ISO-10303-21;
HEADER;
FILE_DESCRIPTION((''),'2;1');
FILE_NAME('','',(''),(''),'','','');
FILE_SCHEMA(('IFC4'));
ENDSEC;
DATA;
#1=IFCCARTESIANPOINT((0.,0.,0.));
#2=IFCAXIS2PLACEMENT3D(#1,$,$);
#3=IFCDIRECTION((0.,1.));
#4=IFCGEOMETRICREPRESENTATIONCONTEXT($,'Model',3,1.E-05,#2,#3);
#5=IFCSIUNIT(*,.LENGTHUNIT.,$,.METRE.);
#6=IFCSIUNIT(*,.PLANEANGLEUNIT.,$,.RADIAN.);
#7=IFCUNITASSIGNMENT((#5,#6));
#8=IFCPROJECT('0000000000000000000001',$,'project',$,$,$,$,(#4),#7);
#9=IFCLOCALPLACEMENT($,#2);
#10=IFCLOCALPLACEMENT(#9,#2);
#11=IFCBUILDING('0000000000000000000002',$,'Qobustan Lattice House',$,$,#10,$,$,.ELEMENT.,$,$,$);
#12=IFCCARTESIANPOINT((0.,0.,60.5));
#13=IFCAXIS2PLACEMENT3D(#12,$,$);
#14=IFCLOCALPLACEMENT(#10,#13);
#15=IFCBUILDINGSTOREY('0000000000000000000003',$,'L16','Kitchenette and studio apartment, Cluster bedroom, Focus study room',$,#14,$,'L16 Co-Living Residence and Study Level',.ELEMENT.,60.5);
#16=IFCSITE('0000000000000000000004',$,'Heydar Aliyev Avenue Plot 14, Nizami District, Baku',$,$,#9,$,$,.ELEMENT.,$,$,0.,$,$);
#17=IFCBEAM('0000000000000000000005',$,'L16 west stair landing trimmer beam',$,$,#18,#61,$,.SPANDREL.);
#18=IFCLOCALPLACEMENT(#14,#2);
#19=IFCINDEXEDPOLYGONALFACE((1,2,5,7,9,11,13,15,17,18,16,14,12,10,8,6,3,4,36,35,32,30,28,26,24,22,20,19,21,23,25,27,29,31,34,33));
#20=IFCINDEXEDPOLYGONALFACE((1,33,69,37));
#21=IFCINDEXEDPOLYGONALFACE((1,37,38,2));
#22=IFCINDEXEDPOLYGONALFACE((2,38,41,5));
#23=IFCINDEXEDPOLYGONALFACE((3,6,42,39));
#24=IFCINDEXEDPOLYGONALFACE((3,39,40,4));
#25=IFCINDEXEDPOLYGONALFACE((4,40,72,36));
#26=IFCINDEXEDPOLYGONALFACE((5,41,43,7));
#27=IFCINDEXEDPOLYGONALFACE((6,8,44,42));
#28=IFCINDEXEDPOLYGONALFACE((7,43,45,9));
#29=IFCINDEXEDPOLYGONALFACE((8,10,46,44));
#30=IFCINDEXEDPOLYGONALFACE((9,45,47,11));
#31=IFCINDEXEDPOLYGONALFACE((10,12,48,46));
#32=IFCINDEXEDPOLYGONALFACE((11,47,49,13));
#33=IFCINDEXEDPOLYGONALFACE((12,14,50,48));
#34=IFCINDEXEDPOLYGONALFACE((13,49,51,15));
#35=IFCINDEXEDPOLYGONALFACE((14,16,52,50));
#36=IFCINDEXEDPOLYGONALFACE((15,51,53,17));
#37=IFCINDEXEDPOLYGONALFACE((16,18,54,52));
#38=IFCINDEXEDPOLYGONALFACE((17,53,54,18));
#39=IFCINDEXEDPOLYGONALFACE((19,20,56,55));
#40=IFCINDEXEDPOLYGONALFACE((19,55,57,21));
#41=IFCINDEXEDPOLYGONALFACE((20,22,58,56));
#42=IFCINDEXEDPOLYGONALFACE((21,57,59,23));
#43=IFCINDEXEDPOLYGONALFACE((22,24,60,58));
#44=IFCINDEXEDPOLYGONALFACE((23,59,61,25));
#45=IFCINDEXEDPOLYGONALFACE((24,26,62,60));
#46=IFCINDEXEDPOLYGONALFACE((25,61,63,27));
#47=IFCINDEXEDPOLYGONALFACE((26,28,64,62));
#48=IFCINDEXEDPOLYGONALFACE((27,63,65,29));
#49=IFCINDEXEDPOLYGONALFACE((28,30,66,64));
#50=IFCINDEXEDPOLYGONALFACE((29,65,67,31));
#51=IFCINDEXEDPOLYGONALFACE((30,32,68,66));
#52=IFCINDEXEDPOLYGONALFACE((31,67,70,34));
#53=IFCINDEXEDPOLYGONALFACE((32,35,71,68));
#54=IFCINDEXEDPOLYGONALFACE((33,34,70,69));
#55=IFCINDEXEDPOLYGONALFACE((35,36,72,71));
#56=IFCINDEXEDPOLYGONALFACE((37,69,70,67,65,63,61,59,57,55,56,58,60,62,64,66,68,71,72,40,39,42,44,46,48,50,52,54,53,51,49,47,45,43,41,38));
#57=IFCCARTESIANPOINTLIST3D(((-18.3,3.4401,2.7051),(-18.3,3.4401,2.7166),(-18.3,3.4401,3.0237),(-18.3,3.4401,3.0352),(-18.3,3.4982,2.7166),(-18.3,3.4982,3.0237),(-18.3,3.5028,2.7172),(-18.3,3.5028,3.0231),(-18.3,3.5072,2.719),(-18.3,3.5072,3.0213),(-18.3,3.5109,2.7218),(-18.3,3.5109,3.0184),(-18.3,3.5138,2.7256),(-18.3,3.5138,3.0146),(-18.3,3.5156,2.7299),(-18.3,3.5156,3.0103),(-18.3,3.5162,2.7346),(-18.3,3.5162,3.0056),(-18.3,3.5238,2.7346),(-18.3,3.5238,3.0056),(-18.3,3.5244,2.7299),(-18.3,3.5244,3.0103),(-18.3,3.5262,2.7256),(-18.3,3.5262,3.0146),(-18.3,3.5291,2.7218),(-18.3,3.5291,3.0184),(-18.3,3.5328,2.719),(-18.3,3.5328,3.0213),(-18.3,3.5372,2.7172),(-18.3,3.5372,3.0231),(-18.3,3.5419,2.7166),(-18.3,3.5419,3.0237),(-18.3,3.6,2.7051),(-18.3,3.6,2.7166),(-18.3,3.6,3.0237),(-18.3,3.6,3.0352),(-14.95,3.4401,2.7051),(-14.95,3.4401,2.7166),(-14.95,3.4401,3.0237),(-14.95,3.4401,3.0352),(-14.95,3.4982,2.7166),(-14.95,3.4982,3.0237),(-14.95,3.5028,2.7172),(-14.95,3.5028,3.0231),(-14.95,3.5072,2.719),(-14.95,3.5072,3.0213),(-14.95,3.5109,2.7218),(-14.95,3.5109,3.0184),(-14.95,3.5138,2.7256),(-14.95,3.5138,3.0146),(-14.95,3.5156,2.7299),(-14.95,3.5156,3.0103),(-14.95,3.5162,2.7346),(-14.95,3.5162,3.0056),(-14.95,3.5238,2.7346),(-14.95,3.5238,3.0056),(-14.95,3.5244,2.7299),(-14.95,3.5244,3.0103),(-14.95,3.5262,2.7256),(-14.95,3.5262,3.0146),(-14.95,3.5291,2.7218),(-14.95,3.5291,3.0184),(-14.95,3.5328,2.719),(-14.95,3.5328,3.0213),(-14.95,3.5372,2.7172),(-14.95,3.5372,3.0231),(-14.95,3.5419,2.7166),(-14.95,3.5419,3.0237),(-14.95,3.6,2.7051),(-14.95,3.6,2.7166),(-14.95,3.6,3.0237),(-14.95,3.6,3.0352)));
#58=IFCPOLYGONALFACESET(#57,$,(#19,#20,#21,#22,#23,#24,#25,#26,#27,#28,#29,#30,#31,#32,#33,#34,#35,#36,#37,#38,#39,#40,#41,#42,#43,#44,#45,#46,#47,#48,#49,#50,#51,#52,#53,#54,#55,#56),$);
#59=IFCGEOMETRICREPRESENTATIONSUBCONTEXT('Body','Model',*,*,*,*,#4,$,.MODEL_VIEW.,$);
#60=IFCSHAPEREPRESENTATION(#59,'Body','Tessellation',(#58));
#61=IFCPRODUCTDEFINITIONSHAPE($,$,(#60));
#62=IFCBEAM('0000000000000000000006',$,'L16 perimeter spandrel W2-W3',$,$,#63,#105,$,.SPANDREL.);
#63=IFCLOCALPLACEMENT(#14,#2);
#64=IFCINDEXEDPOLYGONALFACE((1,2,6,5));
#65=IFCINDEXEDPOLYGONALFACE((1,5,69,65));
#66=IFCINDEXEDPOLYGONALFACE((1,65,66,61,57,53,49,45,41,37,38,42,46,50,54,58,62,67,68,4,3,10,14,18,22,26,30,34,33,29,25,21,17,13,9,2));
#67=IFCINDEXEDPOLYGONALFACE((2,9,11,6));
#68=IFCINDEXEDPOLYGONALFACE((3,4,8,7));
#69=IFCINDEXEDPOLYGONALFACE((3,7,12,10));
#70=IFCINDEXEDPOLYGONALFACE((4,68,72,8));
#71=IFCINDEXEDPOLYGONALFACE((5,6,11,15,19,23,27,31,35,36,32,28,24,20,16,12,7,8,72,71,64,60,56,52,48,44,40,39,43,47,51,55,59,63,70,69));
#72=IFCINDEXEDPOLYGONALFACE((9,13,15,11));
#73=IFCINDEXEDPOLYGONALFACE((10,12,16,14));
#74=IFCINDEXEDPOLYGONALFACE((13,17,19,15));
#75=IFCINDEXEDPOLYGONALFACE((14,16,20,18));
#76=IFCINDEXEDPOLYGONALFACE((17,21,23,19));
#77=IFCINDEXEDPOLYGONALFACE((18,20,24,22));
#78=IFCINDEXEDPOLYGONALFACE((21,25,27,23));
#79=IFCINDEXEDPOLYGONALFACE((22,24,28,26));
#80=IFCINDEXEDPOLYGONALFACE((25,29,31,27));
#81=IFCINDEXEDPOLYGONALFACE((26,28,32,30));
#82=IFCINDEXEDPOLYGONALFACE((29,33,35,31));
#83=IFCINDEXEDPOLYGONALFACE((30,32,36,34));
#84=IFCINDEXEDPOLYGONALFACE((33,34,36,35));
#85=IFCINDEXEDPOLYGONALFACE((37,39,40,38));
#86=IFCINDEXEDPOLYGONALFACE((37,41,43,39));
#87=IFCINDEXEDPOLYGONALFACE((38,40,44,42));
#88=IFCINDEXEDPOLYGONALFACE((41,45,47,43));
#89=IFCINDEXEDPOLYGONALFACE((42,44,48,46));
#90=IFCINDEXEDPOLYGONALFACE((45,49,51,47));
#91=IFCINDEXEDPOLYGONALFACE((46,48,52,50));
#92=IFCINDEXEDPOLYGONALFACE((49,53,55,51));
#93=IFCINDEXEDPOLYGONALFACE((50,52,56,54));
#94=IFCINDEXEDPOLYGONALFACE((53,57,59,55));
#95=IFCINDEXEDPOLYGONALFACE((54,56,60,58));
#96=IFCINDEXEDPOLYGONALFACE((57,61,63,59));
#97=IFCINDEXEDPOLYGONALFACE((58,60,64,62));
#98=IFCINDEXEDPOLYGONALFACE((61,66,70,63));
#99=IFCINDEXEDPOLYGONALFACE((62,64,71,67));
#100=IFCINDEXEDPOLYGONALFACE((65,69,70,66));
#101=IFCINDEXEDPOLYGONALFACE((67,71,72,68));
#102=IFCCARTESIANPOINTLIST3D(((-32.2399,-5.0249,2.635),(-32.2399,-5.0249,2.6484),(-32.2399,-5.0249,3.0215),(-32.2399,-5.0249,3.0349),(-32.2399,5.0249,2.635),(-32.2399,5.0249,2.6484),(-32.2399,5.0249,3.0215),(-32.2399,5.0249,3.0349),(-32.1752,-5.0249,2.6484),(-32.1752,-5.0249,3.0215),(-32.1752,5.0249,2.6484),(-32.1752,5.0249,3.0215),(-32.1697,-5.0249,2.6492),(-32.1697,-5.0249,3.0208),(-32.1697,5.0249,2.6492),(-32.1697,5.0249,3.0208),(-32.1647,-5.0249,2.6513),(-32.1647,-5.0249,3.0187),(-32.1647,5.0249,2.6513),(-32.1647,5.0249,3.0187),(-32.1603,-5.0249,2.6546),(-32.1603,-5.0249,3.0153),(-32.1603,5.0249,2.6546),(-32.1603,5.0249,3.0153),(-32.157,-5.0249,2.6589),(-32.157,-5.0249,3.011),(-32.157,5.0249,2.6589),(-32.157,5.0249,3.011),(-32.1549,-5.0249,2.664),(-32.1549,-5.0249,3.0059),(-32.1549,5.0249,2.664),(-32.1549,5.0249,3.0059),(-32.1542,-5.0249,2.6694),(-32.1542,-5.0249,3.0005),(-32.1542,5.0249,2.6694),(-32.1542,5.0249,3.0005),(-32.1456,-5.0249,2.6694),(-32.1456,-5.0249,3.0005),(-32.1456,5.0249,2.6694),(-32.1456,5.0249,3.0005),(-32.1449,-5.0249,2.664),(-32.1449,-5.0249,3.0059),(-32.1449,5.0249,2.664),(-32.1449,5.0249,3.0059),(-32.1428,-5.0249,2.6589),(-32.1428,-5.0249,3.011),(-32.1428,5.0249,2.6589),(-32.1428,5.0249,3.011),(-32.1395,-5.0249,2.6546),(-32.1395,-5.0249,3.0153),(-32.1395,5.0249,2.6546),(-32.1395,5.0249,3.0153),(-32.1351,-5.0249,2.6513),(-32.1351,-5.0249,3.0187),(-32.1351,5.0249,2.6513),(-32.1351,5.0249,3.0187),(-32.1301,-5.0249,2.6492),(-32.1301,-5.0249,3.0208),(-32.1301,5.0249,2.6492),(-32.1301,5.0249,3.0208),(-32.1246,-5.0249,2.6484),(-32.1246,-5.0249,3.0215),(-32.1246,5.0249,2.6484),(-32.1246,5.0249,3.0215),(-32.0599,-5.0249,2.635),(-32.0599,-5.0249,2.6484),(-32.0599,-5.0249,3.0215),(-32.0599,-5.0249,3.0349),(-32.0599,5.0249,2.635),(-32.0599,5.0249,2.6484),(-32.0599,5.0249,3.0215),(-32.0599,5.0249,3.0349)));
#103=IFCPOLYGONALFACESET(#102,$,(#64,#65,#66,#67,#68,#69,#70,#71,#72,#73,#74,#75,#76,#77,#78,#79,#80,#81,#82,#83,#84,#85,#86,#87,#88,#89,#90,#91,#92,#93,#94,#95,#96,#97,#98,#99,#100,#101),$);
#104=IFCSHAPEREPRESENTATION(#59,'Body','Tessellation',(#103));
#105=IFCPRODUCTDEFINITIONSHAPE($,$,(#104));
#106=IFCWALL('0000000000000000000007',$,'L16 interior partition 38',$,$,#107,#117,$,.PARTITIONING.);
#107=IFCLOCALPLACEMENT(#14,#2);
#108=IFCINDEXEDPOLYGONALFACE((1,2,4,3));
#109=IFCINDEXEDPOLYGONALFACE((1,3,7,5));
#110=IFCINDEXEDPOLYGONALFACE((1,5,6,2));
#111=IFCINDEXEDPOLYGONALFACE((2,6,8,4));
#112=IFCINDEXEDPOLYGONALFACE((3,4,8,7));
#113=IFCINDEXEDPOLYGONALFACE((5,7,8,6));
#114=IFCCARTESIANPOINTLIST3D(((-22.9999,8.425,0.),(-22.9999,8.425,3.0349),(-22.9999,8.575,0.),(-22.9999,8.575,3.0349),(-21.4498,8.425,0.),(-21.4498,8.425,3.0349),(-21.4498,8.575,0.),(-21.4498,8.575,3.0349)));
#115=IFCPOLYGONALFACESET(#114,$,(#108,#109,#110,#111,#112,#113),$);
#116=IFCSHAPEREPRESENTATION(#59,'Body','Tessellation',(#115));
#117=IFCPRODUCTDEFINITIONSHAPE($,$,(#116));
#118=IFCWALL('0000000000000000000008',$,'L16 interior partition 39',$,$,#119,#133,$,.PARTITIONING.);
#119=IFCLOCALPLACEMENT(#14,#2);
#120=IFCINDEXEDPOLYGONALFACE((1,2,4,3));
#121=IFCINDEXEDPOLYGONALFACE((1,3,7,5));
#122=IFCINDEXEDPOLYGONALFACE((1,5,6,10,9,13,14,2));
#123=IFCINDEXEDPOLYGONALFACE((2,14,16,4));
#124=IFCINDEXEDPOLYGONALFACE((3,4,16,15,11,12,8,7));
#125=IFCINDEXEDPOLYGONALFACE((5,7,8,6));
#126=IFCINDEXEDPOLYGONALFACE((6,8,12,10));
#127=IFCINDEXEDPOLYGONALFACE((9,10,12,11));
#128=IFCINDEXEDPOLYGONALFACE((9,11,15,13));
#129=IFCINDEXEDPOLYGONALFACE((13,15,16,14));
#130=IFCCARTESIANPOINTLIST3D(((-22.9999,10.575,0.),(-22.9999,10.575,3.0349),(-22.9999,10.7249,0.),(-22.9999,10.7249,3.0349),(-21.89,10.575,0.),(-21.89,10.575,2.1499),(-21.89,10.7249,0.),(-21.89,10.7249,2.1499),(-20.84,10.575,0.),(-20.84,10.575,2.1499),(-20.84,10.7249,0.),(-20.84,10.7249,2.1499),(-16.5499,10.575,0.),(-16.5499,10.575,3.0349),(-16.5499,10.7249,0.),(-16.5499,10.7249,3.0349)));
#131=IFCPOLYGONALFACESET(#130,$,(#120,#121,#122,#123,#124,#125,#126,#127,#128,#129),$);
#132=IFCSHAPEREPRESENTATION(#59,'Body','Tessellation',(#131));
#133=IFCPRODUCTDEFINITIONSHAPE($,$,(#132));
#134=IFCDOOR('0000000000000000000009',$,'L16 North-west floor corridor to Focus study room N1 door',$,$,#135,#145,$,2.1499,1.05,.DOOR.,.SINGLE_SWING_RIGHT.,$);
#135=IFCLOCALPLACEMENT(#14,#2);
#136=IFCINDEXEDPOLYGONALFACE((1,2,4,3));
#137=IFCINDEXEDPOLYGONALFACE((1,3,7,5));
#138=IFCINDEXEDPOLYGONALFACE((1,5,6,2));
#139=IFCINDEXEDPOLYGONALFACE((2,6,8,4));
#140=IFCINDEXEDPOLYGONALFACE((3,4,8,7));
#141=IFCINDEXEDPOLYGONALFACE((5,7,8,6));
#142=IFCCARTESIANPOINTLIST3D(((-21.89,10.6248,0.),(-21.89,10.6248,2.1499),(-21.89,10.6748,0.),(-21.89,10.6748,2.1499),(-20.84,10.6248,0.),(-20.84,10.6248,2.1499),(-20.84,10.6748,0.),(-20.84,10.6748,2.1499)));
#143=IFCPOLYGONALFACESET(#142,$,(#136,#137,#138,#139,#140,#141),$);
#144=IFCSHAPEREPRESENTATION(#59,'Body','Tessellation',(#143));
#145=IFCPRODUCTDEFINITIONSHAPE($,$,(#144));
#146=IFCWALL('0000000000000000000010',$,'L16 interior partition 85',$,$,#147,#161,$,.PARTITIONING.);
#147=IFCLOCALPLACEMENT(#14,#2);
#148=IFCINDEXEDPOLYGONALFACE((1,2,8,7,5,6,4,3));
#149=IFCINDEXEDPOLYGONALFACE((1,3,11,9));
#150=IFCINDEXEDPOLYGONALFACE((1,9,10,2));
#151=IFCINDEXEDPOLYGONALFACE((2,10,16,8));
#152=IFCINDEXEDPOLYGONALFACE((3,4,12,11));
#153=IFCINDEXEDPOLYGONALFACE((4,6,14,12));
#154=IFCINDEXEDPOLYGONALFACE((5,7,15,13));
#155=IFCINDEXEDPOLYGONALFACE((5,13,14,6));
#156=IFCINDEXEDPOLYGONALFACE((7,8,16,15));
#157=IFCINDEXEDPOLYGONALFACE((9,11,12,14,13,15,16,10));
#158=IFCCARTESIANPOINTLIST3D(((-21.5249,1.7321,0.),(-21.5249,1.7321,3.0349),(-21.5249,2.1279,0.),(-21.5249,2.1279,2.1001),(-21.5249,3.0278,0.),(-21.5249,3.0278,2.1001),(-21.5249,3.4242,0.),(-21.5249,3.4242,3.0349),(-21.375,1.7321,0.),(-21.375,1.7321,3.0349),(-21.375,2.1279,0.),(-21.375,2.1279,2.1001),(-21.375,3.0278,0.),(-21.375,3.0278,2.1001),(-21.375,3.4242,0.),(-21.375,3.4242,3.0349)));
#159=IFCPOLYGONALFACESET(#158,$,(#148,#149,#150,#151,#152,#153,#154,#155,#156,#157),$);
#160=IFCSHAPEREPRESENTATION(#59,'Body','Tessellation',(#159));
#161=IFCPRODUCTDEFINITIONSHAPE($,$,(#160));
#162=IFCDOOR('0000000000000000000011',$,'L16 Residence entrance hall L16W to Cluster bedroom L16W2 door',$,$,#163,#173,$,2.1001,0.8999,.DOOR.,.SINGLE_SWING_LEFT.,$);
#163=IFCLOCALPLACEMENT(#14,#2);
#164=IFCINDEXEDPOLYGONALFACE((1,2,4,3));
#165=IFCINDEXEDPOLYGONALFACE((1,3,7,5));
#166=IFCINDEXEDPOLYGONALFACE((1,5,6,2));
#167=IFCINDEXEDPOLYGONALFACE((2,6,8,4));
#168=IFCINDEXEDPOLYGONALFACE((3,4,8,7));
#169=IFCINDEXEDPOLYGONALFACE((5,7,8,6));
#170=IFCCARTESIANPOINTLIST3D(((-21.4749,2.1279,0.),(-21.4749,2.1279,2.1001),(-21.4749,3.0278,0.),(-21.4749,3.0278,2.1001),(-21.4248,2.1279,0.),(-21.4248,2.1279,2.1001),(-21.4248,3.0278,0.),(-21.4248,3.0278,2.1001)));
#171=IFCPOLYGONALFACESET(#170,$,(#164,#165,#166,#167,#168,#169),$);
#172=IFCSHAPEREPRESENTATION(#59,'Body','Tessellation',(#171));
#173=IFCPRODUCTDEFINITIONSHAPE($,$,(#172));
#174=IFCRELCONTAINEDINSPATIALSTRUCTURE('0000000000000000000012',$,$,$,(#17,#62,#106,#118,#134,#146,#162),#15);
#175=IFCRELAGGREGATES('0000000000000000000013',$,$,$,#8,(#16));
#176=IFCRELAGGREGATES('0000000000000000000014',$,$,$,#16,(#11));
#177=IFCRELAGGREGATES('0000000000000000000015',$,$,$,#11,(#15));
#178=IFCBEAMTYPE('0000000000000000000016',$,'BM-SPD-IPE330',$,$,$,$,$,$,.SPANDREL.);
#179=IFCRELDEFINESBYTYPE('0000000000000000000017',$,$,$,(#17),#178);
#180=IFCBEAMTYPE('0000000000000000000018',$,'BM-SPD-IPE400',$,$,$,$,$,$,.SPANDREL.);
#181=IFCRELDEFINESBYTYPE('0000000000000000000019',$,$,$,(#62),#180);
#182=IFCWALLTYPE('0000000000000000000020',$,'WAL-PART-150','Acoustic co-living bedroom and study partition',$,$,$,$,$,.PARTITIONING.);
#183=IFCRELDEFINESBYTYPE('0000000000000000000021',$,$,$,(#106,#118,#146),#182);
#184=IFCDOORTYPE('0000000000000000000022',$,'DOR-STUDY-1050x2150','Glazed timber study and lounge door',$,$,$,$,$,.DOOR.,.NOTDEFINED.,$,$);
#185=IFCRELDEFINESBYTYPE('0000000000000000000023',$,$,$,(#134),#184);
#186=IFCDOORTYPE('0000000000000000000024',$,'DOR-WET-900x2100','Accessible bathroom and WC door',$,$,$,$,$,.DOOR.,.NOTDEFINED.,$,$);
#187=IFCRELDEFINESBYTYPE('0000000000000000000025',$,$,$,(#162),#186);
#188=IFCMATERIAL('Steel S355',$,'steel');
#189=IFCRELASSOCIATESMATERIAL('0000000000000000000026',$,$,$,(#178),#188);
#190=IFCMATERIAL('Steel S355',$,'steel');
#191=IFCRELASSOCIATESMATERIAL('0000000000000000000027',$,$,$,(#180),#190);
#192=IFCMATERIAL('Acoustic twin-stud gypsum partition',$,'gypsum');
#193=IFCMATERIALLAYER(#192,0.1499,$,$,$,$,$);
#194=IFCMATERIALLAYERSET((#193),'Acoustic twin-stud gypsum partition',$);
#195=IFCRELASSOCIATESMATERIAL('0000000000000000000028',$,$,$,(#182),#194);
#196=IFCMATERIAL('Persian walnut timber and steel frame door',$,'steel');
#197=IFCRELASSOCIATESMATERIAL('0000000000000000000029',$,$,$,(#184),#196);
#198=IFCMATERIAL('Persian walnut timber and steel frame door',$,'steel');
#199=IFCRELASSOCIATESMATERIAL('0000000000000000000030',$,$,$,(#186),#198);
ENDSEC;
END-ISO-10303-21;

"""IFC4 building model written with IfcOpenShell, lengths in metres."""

from ifc_helpers import new_model, si_unit, direction, frame, frame_2d, origin, origin_2d, place, context, subcontext, project, spatial, rectangle, i_section, extrude, material, layer, layer_set, material_profile, profile_set, type_object, element, fill, save


model = new_model("IFC4")

# Units and contexts
model_context = context("Model", 3, precision=1e-05, world=origin(), true_north=direction((0.0, 1.0)))
body_context = subcontext(model_context, "Body", "Model", "MODEL_VIEW")
ifc_project = project(units=[si_unit("LENGTHUNIT", "METRE"), si_unit("PLANEANGLEUNIT", "RADIAN")], contexts=[model_context])

# Site, building, storey
site_placement = place(None, origin())
site = spatial("IfcSite", under=ifc_project, at=site_placement, Name="Heydar Aliyev Avenue Plot 14, Nizami District, Baku", CompositionType="ELEMENT", RefElevation=0.0)
building_placement = place(site_placement, origin())
building = spatial("IfcBuilding", under=site, at=building_placement, Name="Qobustan Lattice House", CompositionType="ELEMENT")
storey_placement = place(building_placement, frame((0.0, 0.0, 60.5)))
storey = spatial("IfcBuildingStorey", under=building, at=storey_placement, Name="L16", Description="Kitchenette and studio apartment, Cluster bedroom, Focus study room", LongName="L16 Co-Living Residence and Study Level", CompositionType="ELEMENT", Elevation=60.5)

# Beams
ifc_material_1 = material(Name="Steel S355", Category="steel")
ifc_material_profile_1 = material_profile(ifc_material_1, i_section(OverallWidth=0.1599, OverallDepth=0.3301, WebThickness=0.0076, FlangeThickness=0.0115, FilletRadius=0.0181, at=origin_2d()), Name="IPE330")
ifc_profile_set_1 = profile_set([ifc_material_profile_1], Name="Steel S355")
beam_type_1 = type_object("IfcBeamType", Name="BM-SPD-IPE330", PredefinedType="SPANDREL", material=ifc_profile_set_1)
beam_1_placement = place(storey_placement, frame((-18.3, 3.52, 2.8701), z_axis=(1.0, 0.0, 0.0), x_axis=(0.0, 1.0, 0.0)))
element("IfcBeam", 1, at=beam_1_placement, inside=storey, type_object=beam_type_1, Name="L16 west stair landing trimmer beam", PredefinedType="SPANDREL", context=body_context, shape_type="SweptSolid", body=[
    extrude(i_section(OverallWidth=0.1599, OverallDepth=0.3301, WebThickness=0.0076, FlangeThickness=0.0115, FilletRadius=0.0181, at=origin_2d()), origin(), (0.0, 0.0, 1.0), 3.3501),
])
ifc_material_2 = material(Name="Steel S355", Category="steel")
ifc_material_profile_2 = material_profile(ifc_material_2, i_section(OverallWidth=0.1799, OverallDepth=0.3999, WebThickness=0.0085, FlangeThickness=0.0134, FilletRadius=0.021, at=origin_2d()), Name="IPE400")
ifc_profile_set_2 = profile_set([ifc_material_profile_2], Name="Steel S355")
beam_type_2 = type_object("IfcBeamType", Name="BM-SPD-IPE400", PredefinedType="SPANDREL", material=ifc_profile_set_2)
beam_2_placement = place(storey_placement, frame((-32.1499, 5.0249, 2.835), z_axis=(0.0, -1.0, 0.0), x_axis=(1.0, 0.0, 0.0)))
element("IfcBeam", 2, at=beam_2_placement, inside=storey, type_object=beam_type_2, Name="L16 perimeter spandrel W2-W3", PredefinedType="SPANDREL", context=body_context, shape_type="SweptSolid", body=[
    extrude(i_section(OverallWidth=0.1799, OverallDepth=0.3999, WebThickness=0.0085, FlangeThickness=0.0134, FilletRadius=0.021, at=origin_2d()), origin(), (0.0, 0.0, 1.0), 10.0498),
])

# Wall
ifc_material_3 = material(Name="Acoustic twin-stud gypsum partition", Category="gypsum")
ifc_layer_1 = layer(ifc_material_3, 0.1499)
ifc_layer_set_1 = layer_set([ifc_layer_1], Name="Acoustic twin-stud gypsum partition")
wall_type_1 = type_object("IfcWallType", Name="WAL-PART-150", Description="Acoustic co-living bedroom and study partition", PredefinedType="PARTITIONING", material=ifc_layer_set_1)
wall_1_placement = place(storey_placement, frame((-21.45, 8.5, 0.0), z_axis=(0.0, 0.0, 1.0), x_axis=(-1.0, 0.0, 0.0)))
element("IfcWall", 3, at=wall_1_placement, inside=storey, type_object=wall_type_1, Name="L16 interior partition 38", PredefinedType="PARTITIONING", context=body_context, shape_type="SweptSolid", body=[
    extrude(rectangle(XDim=1.55, YDim=0.1499, at=frame_2d((0.7749, 0.0))), origin(), (0.0, 0.0, 1.0), 3.0349),
])

# Walls, openings, doors
wall_2_placement = place(storey_placement, frame((-23.0, 10.6499, 0.0), z_axis=(0.0, 0.0, 1.0), x_axis=(1.0, 0.0, 0.0)))
wall_2 = element("IfcWall", 4, at=wall_2_placement, inside=storey, type_object=wall_type_1, Name="L16 interior partition 39", PredefinedType="PARTITIONING", context=body_context, shape_type="SweptSolid", body=[
    extrude(rectangle(XDim=6.45, YDim=0.1499, at=frame_2d((3.2251, 0.0))), origin(), (0.0, 0.0, 1.0), 3.0349),
])
opening_1_placement = place(wall_2_placement, frame((1.1101, 0.0, 0.0)))
opening_1 = element("IfcOpeningElement", 5, at=opening_1_placement, cuts=wall_2, PredefinedType="OPENING", context=body_context, shape_type="SweptSolid", body=[
    extrude(rectangle(XDim=1.05, YDim=2.1499, at=frame_2d((0.5249, 1.075))), frame((0.0, 0.085, 0.0), z_axis=(0.0, -1.0, 0.0), x_axis=(1.0, 0.0, 0.0)), (0.0, 0.0, 1.0), 0.1699),
])
ifc_material_4 = material(Name="Persian walnut timber and steel frame door", Category="steel")
door_type_1 = type_object("IfcDoorType", Name="DOR-STUDY-1050x2150", Description="Glazed timber study and lounge door", OperationType="NOTDEFINED", PredefinedType="DOOR", material=ifc_material_4)
door_1_placement = place(opening_1_placement, origin())
door_1 = element("IfcDoor", 6, at=door_1_placement, inside=storey, type_object=door_type_1, Name="L16 North-west floor corridor to Focus study room N1 door", OperationType="SINGLE_SWING_RIGHT", OverallHeight=2.1499, OverallWidth=1.05, PredefinedType="DOOR", context=body_context, shape_type="SweptSolid", body=[
    extrude(rectangle(XDim=1.05, YDim=2.1499, at=frame_2d((0.5249, 1.075))), frame((0.0, 0.0249, 0.0), z_axis=(0.0, -1.0, 0.0), x_axis=(1.0, 0.0, 0.0)), (0.0, 0.0, 1.0), 0.05),
])
fill(opening_1, door_1)
wall_3_placement = place(storey_placement, frame((-21.45, 1.7319, 0.0), z_axis=(0.0, 0.0, 1.0), x_axis=(0.0, 1.0, 0.0)))
wall_3 = element("IfcWall", 7, at=wall_3_placement, inside=storey, type_object=wall_type_1, Name="L16 interior partition 85", PredefinedType="PARTITIONING", context=body_context, shape_type="SweptSolid", body=[
    extrude(rectangle(XDim=1.6921, YDim=0.1499, at=frame_2d((0.8462, 0.0))), origin(), (0.0, 0.0, 1.0), 3.0349),
])
opening_2_placement = place(wall_3_placement, frame((0.396, 0.0, 0.0)))
opening_2 = element("IfcOpeningElement", 8, at=opening_2_placement, cuts=wall_3, PredefinedType="OPENING", context=body_context, shape_type="SweptSolid", body=[
    extrude(rectangle(XDim=0.8999, YDim=2.1001, at=frame_2d((0.45, 1.05))), frame((0.0, 0.085, 0.0), z_axis=(0.0, -1.0, 0.0), x_axis=(1.0, 0.0, 0.0)), (0.0, 0.0, 1.0), 0.1699),
])
ifc_material_5 = material(Name="Persian walnut timber and steel frame door", Category="steel")
door_type_2 = type_object("IfcDoorType", Name="DOR-WET-900x2100", Description="Accessible bathroom and WC door", OperationType="NOTDEFINED", PredefinedType="DOOR", material=ifc_material_5)
door_2_placement = place(opening_2_placement, origin())
door_2 = element("IfcDoor", 9, at=door_2_placement, inside=storey, type_object=door_type_2, Name="L16 Residence entrance hall L16W to Cluster bedroom L16W2 door", OperationType="SINGLE_SWING_LEFT", OverallHeight=2.1001, OverallWidth=0.8999, PredefinedType="DOOR", context=body_context, shape_type="SweptSolid", body=[
    extrude(rectangle(XDim=0.8999, YDim=2.1001, at=frame_2d((0.45, 1.05))), frame((0.0, 0.0249, 0.0), z_axis=(0.0, -1.0, 0.0), x_axis=(1.0, 0.0, 0.0)), (0.0, 0.0, 1.0), 0.05),
])
fill(opening_2, door_2)

save(model, "model.ifc")
